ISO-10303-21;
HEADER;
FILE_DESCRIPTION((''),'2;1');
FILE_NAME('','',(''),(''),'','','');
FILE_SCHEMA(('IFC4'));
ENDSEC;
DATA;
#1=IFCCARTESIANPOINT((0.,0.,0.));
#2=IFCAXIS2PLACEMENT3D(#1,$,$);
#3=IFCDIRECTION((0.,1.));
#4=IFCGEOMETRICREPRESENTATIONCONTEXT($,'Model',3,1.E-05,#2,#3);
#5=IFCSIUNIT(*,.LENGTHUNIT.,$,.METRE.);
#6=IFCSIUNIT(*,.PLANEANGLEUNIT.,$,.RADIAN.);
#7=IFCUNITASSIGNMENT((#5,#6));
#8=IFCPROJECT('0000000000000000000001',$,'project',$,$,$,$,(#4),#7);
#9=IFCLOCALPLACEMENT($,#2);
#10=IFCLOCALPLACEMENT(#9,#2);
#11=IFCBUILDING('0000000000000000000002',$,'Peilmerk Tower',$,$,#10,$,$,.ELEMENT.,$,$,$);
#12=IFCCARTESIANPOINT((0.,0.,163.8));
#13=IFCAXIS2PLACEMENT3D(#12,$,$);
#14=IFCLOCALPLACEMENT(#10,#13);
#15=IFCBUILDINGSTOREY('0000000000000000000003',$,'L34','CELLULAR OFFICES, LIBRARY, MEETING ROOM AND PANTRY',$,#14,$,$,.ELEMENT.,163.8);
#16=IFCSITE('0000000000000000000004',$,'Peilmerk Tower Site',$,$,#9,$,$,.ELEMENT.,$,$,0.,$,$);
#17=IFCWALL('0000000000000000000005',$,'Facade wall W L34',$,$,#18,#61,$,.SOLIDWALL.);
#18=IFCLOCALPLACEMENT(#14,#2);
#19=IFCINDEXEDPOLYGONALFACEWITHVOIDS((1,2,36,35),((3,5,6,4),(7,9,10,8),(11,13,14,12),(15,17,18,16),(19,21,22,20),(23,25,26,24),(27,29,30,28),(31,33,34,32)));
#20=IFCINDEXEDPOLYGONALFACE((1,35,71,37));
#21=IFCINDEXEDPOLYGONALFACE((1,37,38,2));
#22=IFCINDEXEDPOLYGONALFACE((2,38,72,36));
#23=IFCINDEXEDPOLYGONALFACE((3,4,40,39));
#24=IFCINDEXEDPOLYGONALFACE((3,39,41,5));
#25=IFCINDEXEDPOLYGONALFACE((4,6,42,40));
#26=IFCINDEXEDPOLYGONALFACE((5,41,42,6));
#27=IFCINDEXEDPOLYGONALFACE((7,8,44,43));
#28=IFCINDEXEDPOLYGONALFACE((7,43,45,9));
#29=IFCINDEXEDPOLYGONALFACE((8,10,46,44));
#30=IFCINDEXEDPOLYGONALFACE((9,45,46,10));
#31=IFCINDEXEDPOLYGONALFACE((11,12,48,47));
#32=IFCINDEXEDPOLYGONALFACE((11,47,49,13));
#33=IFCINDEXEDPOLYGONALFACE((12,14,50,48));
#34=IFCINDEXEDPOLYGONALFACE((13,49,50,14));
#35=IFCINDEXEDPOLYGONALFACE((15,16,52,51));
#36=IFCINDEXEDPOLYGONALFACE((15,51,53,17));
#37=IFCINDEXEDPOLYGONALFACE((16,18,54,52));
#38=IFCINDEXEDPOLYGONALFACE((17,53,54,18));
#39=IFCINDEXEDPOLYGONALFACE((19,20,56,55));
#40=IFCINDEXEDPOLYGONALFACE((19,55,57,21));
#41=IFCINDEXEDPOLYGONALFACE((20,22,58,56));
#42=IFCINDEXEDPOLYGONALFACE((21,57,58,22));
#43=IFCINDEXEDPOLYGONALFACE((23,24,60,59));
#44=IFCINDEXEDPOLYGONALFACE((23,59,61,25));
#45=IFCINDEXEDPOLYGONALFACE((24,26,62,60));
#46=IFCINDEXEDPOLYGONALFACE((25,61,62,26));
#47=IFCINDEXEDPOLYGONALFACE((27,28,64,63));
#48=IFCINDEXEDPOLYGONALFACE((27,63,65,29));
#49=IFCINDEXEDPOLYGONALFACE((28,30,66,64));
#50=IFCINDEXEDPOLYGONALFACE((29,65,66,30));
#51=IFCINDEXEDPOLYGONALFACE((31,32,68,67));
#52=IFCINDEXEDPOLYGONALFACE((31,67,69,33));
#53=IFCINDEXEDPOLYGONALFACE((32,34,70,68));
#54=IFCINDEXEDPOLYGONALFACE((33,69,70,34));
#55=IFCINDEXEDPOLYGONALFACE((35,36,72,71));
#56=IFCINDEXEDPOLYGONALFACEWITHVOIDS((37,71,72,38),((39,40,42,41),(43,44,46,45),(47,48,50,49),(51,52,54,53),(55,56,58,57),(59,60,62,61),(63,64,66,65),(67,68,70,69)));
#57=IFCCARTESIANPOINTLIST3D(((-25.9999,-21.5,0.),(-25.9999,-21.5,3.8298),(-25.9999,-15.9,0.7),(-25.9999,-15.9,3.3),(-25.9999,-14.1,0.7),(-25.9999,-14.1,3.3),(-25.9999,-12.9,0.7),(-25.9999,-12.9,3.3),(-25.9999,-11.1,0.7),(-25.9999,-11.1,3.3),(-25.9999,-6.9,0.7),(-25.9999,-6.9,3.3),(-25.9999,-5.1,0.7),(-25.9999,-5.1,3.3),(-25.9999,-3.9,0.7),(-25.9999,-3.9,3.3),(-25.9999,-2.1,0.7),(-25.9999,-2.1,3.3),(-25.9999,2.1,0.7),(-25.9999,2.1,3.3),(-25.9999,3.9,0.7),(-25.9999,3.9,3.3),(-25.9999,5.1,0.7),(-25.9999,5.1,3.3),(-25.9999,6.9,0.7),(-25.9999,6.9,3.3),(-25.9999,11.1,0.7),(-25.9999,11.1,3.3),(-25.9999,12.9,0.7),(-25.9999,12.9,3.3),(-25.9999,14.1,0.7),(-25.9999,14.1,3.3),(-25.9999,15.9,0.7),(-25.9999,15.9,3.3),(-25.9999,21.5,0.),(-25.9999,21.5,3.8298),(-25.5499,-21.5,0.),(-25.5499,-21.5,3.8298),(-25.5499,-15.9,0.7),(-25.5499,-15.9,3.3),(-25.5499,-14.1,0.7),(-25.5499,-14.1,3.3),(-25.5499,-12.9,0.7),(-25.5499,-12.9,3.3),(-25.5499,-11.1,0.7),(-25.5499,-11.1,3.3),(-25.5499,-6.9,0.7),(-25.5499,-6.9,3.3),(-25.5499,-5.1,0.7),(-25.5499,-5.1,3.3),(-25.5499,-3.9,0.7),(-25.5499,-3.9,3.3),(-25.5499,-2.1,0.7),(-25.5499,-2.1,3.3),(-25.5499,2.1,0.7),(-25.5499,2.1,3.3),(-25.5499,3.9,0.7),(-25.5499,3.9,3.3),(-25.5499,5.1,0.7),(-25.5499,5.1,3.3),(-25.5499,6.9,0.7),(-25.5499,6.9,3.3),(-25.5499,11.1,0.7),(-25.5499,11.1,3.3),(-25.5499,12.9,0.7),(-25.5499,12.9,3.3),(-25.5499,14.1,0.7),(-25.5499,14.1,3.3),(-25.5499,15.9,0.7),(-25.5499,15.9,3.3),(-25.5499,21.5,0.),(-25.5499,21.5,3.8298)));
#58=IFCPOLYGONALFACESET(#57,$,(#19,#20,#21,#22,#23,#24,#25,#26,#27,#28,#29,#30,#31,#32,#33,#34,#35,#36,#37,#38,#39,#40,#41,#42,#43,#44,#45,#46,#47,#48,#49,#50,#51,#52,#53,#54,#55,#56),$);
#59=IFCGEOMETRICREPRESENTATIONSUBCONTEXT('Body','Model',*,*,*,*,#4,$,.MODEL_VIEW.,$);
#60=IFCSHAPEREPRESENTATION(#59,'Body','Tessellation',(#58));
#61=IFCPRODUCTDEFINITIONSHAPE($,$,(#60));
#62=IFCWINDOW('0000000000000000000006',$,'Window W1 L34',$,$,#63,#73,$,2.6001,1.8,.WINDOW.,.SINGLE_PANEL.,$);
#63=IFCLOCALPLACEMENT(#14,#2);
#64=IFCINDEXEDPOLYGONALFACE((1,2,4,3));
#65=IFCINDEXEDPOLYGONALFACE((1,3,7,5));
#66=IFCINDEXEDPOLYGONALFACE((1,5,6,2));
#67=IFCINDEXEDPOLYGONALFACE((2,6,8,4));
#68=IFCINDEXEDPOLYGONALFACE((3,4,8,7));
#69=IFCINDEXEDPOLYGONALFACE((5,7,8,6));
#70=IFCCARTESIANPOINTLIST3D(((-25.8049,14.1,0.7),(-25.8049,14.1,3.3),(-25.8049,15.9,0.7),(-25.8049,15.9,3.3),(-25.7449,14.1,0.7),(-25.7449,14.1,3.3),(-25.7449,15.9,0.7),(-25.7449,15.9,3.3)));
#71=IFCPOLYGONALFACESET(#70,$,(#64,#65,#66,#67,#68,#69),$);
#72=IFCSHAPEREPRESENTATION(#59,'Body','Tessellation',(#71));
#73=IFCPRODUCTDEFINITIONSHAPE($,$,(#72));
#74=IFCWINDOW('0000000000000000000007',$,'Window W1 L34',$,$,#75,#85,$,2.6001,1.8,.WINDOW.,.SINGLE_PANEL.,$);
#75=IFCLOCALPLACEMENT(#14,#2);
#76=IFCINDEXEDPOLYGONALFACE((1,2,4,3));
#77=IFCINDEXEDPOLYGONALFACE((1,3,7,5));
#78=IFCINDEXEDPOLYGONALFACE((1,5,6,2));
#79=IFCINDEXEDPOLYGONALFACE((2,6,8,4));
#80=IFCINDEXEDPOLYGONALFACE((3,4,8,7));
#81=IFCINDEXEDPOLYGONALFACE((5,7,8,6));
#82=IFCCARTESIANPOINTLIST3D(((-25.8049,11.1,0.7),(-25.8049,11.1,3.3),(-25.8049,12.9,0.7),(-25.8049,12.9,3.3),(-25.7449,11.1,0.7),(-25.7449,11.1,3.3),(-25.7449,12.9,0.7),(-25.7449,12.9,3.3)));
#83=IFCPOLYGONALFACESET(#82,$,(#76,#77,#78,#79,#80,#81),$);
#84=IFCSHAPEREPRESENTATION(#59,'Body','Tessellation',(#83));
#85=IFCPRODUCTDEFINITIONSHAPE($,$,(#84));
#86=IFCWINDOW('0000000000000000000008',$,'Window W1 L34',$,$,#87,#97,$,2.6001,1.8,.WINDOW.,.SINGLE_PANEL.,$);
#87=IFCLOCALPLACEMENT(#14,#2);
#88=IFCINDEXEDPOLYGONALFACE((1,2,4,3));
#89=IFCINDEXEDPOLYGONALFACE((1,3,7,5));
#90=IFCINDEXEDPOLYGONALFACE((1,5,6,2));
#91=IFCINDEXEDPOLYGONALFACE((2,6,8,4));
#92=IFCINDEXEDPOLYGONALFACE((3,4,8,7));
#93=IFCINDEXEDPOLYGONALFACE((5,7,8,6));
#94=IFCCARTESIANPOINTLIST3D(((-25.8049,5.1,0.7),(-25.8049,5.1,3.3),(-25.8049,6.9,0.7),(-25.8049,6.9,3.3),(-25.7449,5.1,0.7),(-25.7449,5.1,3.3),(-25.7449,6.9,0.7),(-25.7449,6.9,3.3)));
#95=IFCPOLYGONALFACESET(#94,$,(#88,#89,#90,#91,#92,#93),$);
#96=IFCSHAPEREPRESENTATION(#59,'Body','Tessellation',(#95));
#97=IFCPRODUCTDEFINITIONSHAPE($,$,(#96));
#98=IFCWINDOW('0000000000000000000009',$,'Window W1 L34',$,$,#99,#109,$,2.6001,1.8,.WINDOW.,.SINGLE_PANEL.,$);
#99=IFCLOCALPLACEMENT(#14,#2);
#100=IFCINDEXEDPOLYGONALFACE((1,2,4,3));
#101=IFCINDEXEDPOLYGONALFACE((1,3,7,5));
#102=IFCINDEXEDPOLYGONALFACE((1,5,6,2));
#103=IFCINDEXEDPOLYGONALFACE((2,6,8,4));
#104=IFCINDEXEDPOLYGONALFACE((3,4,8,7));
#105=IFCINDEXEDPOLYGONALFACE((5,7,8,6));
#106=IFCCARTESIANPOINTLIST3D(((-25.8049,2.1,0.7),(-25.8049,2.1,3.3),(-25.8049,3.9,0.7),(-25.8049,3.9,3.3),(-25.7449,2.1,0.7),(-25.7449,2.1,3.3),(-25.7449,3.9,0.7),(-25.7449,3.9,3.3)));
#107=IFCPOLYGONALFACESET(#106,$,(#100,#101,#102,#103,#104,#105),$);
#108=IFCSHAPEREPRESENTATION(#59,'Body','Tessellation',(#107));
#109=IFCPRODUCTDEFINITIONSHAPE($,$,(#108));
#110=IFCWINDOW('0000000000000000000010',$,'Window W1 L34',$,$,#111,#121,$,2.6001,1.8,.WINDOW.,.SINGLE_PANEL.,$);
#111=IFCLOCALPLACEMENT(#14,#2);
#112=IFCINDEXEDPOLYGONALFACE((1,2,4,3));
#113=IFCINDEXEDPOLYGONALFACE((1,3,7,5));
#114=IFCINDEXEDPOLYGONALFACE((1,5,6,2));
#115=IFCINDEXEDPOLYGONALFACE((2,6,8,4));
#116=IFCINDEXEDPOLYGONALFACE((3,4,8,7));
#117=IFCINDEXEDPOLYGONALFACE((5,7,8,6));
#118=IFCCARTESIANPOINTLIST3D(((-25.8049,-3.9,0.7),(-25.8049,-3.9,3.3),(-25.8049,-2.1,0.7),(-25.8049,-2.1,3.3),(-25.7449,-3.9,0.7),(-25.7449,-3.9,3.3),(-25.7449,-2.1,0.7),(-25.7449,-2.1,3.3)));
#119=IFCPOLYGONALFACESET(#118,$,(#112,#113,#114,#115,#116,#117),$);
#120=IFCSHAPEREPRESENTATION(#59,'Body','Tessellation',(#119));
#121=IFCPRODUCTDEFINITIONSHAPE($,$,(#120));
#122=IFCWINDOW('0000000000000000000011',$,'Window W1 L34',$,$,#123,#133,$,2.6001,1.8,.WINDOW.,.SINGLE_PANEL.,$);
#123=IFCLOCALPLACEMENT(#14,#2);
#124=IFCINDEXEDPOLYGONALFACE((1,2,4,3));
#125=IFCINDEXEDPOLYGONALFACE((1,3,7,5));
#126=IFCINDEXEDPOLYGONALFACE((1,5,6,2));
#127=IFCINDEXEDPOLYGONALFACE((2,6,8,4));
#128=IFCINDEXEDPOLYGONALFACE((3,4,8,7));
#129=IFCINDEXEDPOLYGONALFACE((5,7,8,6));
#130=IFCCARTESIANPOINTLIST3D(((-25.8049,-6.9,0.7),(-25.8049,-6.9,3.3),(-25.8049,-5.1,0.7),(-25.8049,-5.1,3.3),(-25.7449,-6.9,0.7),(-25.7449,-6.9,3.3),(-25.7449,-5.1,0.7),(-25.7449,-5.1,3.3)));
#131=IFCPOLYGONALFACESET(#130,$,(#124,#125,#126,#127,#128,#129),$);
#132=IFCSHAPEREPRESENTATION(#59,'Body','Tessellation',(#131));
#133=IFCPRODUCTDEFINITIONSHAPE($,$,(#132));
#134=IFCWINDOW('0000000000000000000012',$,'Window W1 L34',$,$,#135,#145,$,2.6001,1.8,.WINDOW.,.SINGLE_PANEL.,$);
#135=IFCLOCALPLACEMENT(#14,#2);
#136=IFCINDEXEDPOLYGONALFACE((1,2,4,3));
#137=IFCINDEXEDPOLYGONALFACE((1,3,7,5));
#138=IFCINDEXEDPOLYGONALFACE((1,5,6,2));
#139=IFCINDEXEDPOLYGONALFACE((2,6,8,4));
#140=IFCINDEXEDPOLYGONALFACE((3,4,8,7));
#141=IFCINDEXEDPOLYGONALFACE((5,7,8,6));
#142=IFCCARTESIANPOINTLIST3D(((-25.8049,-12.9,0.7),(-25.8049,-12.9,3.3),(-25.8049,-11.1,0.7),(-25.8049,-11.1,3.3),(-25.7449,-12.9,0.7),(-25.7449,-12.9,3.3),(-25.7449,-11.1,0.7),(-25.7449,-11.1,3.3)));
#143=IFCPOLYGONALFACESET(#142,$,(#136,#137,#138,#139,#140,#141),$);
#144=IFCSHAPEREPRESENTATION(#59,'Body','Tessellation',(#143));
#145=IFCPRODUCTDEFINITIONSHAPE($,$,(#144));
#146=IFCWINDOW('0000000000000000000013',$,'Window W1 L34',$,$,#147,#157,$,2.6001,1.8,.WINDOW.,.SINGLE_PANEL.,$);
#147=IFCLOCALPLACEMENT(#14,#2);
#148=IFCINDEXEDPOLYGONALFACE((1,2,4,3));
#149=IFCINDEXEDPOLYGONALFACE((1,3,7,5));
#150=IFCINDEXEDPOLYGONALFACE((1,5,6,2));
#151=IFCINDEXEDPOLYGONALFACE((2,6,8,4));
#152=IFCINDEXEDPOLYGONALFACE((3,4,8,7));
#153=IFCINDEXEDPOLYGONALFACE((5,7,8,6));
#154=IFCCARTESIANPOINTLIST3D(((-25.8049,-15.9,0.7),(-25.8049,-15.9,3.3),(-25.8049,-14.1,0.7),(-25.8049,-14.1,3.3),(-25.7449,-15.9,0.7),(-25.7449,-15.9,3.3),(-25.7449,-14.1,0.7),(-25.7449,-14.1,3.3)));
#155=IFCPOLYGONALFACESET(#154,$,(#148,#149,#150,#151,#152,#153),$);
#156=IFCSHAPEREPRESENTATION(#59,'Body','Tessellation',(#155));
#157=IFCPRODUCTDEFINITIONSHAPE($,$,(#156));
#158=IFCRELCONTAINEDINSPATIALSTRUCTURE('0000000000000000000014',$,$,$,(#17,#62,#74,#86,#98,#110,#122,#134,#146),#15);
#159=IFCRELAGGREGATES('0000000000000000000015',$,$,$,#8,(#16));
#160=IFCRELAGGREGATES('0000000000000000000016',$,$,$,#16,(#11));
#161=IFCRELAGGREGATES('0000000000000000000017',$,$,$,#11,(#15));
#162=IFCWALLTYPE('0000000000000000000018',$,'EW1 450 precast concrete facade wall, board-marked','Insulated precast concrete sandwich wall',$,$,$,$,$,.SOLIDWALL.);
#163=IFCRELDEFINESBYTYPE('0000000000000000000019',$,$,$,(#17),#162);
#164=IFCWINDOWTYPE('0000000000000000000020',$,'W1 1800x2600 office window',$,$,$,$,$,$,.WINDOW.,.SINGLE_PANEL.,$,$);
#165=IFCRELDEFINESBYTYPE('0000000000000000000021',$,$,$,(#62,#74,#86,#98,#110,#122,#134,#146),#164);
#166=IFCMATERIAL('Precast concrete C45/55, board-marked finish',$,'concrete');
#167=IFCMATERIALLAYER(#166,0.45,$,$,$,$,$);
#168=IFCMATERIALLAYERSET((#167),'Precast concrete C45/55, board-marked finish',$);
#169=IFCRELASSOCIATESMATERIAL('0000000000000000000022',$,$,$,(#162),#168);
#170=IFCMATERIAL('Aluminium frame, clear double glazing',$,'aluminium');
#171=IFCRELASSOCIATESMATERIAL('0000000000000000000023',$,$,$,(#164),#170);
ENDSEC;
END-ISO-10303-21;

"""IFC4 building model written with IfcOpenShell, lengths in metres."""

from ifc_helpers import new_model, si_unit, direction, frame, frame_2d, origin, place, context, subcontext, project, spatial, rectangle, extrude, material, layer, layer_set, type_object, element, fill, save


model = new_model("IFC4")

# Units and contexts
model_context = context("Model", 3, precision=1e-05, world=origin(), true_north=direction((0.0, 1.0)))
body_context = subcontext(model_context, "Body", "Model", "MODEL_VIEW")
ifc_project = project(units=[si_unit("LENGTHUNIT", "METRE"), si_unit("PLANEANGLEUNIT", "RADIAN")], contexts=[model_context])

# Site, building, storey
site_placement = place(None, origin())
site = spatial("IfcSite", under=ifc_project, at=site_placement, Name="Peilmerk Tower Site", CompositionType="ELEMENT", RefElevation=0.0)
building_placement = place(site_placement, origin())
building = spatial("IfcBuilding", under=site, at=building_placement, Name="Peilmerk Tower", CompositionType="ELEMENT")
storey_placement = place(building_placement, frame((0.0, 0.0, 163.8)))
storey = spatial("IfcBuildingStorey", under=building, at=storey_placement, Name="L34", Description="CELLULAR OFFICES, LIBRARY, MEETING ROOM AND PANTRY", CompositionType="ELEMENT", Elevation=163.8)

# Wall, openings, windows
ifc_material_1 = material(Name="Precast concrete C45/55, board-marked finish", Category="concrete")
ifc_layer_1 = layer(ifc_material_1, 0.45)
ifc_layer_set_1 = layer_set([ifc_layer_1], Name="Precast concrete C45/55, board-marked finish")
wall_type = type_object("IfcWallType", Name="EW1 450 precast concrete facade wall, board-marked", Description="Insulated precast concrete sandwich wall", PredefinedType="SOLIDWALL", material=ifc_layer_set_1)
wall_1_placement = place(storey_placement, frame((-25.7749, 21.5, 0.0), z_axis=(0.0, 0.0, 1.0), x_axis=(0.0, -1.0, 0.0)))
wall_1 = element("IfcWall", 1, at=wall_1_placement, inside=storey, type_object=wall_type, Name="Facade wall W L34", PredefinedType="SOLIDWALL", context=body_context, shape_type="SweptSolid", body=[
    extrude(rectangle(XDim=43.0, YDim=0.45, at=frame_2d((21.5, 0.0))), origin(), (0.0, 0.0, 1.0), 3.8298),
])
opening_1_placement = place(wall_1_placement, frame((5.6001, 0.0, 0.7)))
opening_1 = element("IfcOpeningElement", 2, at=opening_1_placement, cuts=wall_1, PredefinedType="OPENING", context=body_context, shape_type="SweptSolid", body=[
    extrude(rectangle(XDim=1.8, YDim=2.6001, at=frame_2d((0.8999, 1.3))), frame((0.0, 0.2349, 0.0), z_axis=(0.0, -1.0, 0.0), x_axis=(1.0, 0.0, 0.0)), (0.0, 0.0, 1.0), 0.47),
])
opening_2_placement = place(wall_1_placement, frame((8.6001, 0.0, 0.7)))
opening_2 = element("IfcOpeningElement", 3, at=opening_2_placement, cuts=wall_1, PredefinedType="OPENING", context=body_context, shape_type="SweptSolid", body=[
    extrude(rectangle(XDim=1.8, YDim=2.6001, at=frame_2d((0.8999, 1.3))), frame((0.0, 0.2349, 0.0), z_axis=(0.0, -1.0, 0.0), x_axis=(1.0, 0.0, 0.0)), (0.0, 0.0, 1.0), 0.47),
])
opening_3_placement = place(wall_1_placement, frame((14.6001, 0.0, 0.7)))
opening_3 = element("IfcOpeningElement", 4, at=opening_3_placement, cuts=wall_1, PredefinedType="OPENING", context=body_context, shape_type="SweptSolid", body=[
    extrude(rectangle(XDim=1.8, YDim=2.6001, at=frame_2d((0.8999, 1.3))), frame((0.0, 0.2349, 0.0), z_axis=(0.0, -1.0, 0.0), x_axis=(1.0, 0.0, 0.0)), (0.0, 0.0, 1.0), 0.47),
])
opening_4_placement = place(wall_1_placement, frame((17.6001, 0.0, 0.7)))
opening_4 = element("IfcOpeningElement", 5, at=opening_4_placement, cuts=wall_1, PredefinedType="OPENING", context=body_context, shape_type="SweptSolid", body=[
    extrude(rectangle(XDim=1.8, YDim=2.6001, at=frame_2d((0.8999, 1.3))), frame((0.0, 0.2349, 0.0), z_axis=(0.0, -1.0, 0.0), x_axis=(1.0, 0.0, 0.0)), (0.0, 0.0, 1.0), 0.47),
])
opening_5_placement = place(wall_1_placement, frame((23.6001, 0.0, 0.7)))
opening_5 = element("IfcOpeningElement", 6, at=opening_5_placement, cuts=wall_1, PredefinedType="OPENING", context=body_context, shape_type="SweptSolid", body=[
    extrude(rectangle(XDim=1.8, YDim=2.6001, at=frame_2d((0.8999, 1.3))), frame((0.0, 0.2349, 0.0), z_axis=(0.0, -1.0, 0.0), x_axis=(1.0, 0.0, 0.0)), (0.0, 0.0, 1.0), 0.47),
])
opening_6_placement = place(wall_1_placement, frame((26.6001, 0.0, 0.7)))
opening_6 = element("IfcOpeningElement", 7, at=opening_6_placement, cuts=wall_1, PredefinedType="OPENING", context=body_context, shape_type="SweptSolid", body=[
    extrude(rectangle(XDim=1.8, YDim=2.6001, at=frame_2d((0.8999, 1.3))), frame((0.0, 0.2349, 0.0), z_axis=(0.0, -1.0, 0.0), x_axis=(1.0, 0.0, 0.0)), (0.0, 0.0, 1.0), 0.47),
])
opening_7_placement = place(wall_1_placement, frame((32.6001, 0.0, 0.7)))
opening_7 = element("IfcOpeningElement", 8, at=opening_7_placement, cuts=wall_1, PredefinedType="OPENING", context=body_context, shape_type="SweptSolid", body=[
    extrude(rectangle(XDim=1.8, YDim=2.6001, at=frame_2d((0.8999, 1.3))), frame((0.0, 0.2349, 0.0), z_axis=(0.0, -1.0, 0.0), x_axis=(1.0, 0.0, 0.0)), (0.0, 0.0, 1.0), 0.47),
])
opening_8_placement = place(wall_1_placement, frame((35.6001, 0.0, 0.7)))
opening_8 = element("IfcOpeningElement", 9, at=opening_8_placement, cuts=wall_1, PredefinedType="OPENING", context=body_context, shape_type="SweptSolid", body=[
    extrude(rectangle(XDim=1.8, YDim=2.6001, at=frame_2d((0.8999, 1.3))), frame((0.0, 0.2349, 0.0), z_axis=(0.0, -1.0, 0.0), x_axis=(1.0, 0.0, 0.0)), (0.0, 0.0, 1.0), 0.47),
])
ifc_material_2 = material(Name="Aluminium frame, clear double glazing", Category="aluminium")
window_type = type_object("IfcWindowType", Name="W1 1800x2600 office window", PartitioningType="SINGLE_PANEL", PredefinedType="WINDOW", material=ifc_material_2)
window_1_placement = place(opening_1_placement, origin())
window_1 = element("IfcWindow", 10, at=window_1_placement, inside=storey, type_object=window_type, Name="Window W1 L34", OverallHeight=2.6001, OverallWidth=1.8, PartitioningType="SINGLE_PANEL", PredefinedType="WINDOW", context=body_context, shape_type="SweptSolid", body=[
    extrude(rectangle(XDim=1.8, YDim=2.6001, at=frame_2d((0.8999, 1.3))), frame((0.0, 0.03, 0.0), z_axis=(0.0, -1.0, 0.0), x_axis=(1.0, 0.0, 0.0)), (0.0, 0.0, 1.0), 0.0601),
])
fill(opening_1, window_1)
window_2_placement = place(opening_2_placement, origin())
window_2 = element("IfcWindow", 11, at=window_2_placement, inside=storey, type_object=window_type, Name="Window W1 L34", OverallHeight=2.6001, OverallWidth=1.8, PartitioningType="SINGLE_PANEL", PredefinedType="WINDOW", context=body_context, shape_type="SweptSolid", body=[
    extrude(rectangle(XDim=1.8, YDim=2.6001, at=frame_2d((0.8999, 1.3))), frame((0.0, 0.03, 0.0), z_axis=(0.0, -1.0, 0.0), x_axis=(1.0, 0.0, 0.0)), (0.0, 0.0, 1.0), 0.0601),
])
fill(opening_2, window_2)
window_3_placement = place(opening_3_placement, origin())
window_3 = element("IfcWindow", 12, at=window_3_placement, inside=storey, type_object=window_type, Name="Window W1 L34", OverallHeight=2.6001, OverallWidth=1.8, PartitioningType="SINGLE_PANEL", PredefinedType="WINDOW", context=body_context, shape_type="SweptSolid", body=[
    extrude(rectangle(XDim=1.8, YDim=2.6001, at=frame_2d((0.8999, 1.3))), frame((0.0, 0.03, 0.0), z_axis=(0.0, -1.0, 0.0), x_axis=(1.0, 0.0, 0.0)), (0.0, 0.0, 1.0), 0.0601),
])
fill(opening_3, window_3)
window_4_placement = place(opening_4_placement, origin())
window_4 = element("IfcWindow", 13, at=window_4_placement, inside=storey, type_object=window_type, Name="Window W1 L34", OverallHeight=2.6001, OverallWidth=1.8, PartitioningType="SINGLE_PANEL", PredefinedType="WINDOW", context=body_context, shape_type="SweptSolid", body=[
    extrude(rectangle(XDim=1.8, YDim=2.6001, at=frame_2d((0.8999, 1.3))), frame((0.0, 0.03, 0.0), z_axis=(0.0, -1.0, 0.0), x_axis=(1.0, 0.0, 0.0)), (0.0, 0.0, 1.0), 0.0601),
])
fill(opening_4, window_4)
window_5_placement = place(opening_5_placement, origin())
window_5 = element("IfcWindow", 14, at=window_5_placement, inside=storey, type_object=window_type, Name="Window W1 L34", OverallHeight=2.6001, OverallWidth=1.8, PartitioningType="SINGLE_PANEL", PredefinedType="WINDOW", context=body_context, shape_type="SweptSolid", body=[
    extrude(rectangle(XDim=1.8, YDim=2.6001, at=frame_2d((0.8999, 1.3))), frame((0.0, 0.03, 0.0), z_axis=(0.0, -1.0, 0.0), x_axis=(1.0, 0.0, 0.0)), (0.0, 0.0, 1.0), 0.0601),
])
fill(opening_5, window_5)
window_6_placement = place(opening_6_placement, origin())
window_6 = element("IfcWindow", 15, at=window_6_placement, inside=storey, type_object=window_type, Name="Window W1 L34", OverallHeight=2.6001, OverallWidth=1.8, PartitioningType="SINGLE_PANEL", PredefinedType="WINDOW", context=body_context, shape_type="SweptSolid", body=[
    extrude(rectangle(XDim=1.8, YDim=2.6001, at=frame_2d((0.8999, 1.3))), frame((0.0, 0.03, 0.0), z_axis=(0.0, -1.0, 0.0), x_axis=(1.0, 0.0, 0.0)), (0.0, 0.0, 1.0), 0.0601),
])
fill(opening_6, window_6)
window_7_placement = place(opening_7_placement, origin())
window_7 = element("IfcWindow", 16, at=window_7_placement, inside=storey, type_object=window_type, Name="Window W1 L34", OverallHeight=2.6001, OverallWidth=1.8, PartitioningType="SINGLE_PANEL", PredefinedType="WINDOW", context=body_context, shape_type="SweptSolid", body=[
    extrude(rectangle(XDim=1.8, YDim=2.6001, at=frame_2d((0.8999, 1.3))), frame((0.0, 0.03, 0.0), z_axis=(0.0, -1.0, 0.0), x_axis=(1.0, 0.0, 0.0)), (0.0, 0.0, 1.0), 0.0601),
])
fill(opening_7, window_7)
window_8_placement = place(opening_8_placement, origin())
window_8 = element("IfcWindow", 17, at=window_8_placement, inside=storey, type_object=window_type, Name="Window W1 L34", OverallHeight=2.6001, OverallWidth=1.8, PartitioningType="SINGLE_PANEL", PredefinedType="WINDOW", context=body_context, shape_type="SweptSolid", body=[
    extrude(rectangle(XDim=1.8, YDim=2.6001, at=frame_2d((0.8999, 1.3))), frame((0.0, 0.03, 0.0), z_axis=(0.0, -1.0, 0.0), x_axis=(1.0, 0.0, 0.0)), (0.0, 0.0, 1.0), 0.0601),
])
fill(opening_8, window_8)

save(model, "model.ifc")
